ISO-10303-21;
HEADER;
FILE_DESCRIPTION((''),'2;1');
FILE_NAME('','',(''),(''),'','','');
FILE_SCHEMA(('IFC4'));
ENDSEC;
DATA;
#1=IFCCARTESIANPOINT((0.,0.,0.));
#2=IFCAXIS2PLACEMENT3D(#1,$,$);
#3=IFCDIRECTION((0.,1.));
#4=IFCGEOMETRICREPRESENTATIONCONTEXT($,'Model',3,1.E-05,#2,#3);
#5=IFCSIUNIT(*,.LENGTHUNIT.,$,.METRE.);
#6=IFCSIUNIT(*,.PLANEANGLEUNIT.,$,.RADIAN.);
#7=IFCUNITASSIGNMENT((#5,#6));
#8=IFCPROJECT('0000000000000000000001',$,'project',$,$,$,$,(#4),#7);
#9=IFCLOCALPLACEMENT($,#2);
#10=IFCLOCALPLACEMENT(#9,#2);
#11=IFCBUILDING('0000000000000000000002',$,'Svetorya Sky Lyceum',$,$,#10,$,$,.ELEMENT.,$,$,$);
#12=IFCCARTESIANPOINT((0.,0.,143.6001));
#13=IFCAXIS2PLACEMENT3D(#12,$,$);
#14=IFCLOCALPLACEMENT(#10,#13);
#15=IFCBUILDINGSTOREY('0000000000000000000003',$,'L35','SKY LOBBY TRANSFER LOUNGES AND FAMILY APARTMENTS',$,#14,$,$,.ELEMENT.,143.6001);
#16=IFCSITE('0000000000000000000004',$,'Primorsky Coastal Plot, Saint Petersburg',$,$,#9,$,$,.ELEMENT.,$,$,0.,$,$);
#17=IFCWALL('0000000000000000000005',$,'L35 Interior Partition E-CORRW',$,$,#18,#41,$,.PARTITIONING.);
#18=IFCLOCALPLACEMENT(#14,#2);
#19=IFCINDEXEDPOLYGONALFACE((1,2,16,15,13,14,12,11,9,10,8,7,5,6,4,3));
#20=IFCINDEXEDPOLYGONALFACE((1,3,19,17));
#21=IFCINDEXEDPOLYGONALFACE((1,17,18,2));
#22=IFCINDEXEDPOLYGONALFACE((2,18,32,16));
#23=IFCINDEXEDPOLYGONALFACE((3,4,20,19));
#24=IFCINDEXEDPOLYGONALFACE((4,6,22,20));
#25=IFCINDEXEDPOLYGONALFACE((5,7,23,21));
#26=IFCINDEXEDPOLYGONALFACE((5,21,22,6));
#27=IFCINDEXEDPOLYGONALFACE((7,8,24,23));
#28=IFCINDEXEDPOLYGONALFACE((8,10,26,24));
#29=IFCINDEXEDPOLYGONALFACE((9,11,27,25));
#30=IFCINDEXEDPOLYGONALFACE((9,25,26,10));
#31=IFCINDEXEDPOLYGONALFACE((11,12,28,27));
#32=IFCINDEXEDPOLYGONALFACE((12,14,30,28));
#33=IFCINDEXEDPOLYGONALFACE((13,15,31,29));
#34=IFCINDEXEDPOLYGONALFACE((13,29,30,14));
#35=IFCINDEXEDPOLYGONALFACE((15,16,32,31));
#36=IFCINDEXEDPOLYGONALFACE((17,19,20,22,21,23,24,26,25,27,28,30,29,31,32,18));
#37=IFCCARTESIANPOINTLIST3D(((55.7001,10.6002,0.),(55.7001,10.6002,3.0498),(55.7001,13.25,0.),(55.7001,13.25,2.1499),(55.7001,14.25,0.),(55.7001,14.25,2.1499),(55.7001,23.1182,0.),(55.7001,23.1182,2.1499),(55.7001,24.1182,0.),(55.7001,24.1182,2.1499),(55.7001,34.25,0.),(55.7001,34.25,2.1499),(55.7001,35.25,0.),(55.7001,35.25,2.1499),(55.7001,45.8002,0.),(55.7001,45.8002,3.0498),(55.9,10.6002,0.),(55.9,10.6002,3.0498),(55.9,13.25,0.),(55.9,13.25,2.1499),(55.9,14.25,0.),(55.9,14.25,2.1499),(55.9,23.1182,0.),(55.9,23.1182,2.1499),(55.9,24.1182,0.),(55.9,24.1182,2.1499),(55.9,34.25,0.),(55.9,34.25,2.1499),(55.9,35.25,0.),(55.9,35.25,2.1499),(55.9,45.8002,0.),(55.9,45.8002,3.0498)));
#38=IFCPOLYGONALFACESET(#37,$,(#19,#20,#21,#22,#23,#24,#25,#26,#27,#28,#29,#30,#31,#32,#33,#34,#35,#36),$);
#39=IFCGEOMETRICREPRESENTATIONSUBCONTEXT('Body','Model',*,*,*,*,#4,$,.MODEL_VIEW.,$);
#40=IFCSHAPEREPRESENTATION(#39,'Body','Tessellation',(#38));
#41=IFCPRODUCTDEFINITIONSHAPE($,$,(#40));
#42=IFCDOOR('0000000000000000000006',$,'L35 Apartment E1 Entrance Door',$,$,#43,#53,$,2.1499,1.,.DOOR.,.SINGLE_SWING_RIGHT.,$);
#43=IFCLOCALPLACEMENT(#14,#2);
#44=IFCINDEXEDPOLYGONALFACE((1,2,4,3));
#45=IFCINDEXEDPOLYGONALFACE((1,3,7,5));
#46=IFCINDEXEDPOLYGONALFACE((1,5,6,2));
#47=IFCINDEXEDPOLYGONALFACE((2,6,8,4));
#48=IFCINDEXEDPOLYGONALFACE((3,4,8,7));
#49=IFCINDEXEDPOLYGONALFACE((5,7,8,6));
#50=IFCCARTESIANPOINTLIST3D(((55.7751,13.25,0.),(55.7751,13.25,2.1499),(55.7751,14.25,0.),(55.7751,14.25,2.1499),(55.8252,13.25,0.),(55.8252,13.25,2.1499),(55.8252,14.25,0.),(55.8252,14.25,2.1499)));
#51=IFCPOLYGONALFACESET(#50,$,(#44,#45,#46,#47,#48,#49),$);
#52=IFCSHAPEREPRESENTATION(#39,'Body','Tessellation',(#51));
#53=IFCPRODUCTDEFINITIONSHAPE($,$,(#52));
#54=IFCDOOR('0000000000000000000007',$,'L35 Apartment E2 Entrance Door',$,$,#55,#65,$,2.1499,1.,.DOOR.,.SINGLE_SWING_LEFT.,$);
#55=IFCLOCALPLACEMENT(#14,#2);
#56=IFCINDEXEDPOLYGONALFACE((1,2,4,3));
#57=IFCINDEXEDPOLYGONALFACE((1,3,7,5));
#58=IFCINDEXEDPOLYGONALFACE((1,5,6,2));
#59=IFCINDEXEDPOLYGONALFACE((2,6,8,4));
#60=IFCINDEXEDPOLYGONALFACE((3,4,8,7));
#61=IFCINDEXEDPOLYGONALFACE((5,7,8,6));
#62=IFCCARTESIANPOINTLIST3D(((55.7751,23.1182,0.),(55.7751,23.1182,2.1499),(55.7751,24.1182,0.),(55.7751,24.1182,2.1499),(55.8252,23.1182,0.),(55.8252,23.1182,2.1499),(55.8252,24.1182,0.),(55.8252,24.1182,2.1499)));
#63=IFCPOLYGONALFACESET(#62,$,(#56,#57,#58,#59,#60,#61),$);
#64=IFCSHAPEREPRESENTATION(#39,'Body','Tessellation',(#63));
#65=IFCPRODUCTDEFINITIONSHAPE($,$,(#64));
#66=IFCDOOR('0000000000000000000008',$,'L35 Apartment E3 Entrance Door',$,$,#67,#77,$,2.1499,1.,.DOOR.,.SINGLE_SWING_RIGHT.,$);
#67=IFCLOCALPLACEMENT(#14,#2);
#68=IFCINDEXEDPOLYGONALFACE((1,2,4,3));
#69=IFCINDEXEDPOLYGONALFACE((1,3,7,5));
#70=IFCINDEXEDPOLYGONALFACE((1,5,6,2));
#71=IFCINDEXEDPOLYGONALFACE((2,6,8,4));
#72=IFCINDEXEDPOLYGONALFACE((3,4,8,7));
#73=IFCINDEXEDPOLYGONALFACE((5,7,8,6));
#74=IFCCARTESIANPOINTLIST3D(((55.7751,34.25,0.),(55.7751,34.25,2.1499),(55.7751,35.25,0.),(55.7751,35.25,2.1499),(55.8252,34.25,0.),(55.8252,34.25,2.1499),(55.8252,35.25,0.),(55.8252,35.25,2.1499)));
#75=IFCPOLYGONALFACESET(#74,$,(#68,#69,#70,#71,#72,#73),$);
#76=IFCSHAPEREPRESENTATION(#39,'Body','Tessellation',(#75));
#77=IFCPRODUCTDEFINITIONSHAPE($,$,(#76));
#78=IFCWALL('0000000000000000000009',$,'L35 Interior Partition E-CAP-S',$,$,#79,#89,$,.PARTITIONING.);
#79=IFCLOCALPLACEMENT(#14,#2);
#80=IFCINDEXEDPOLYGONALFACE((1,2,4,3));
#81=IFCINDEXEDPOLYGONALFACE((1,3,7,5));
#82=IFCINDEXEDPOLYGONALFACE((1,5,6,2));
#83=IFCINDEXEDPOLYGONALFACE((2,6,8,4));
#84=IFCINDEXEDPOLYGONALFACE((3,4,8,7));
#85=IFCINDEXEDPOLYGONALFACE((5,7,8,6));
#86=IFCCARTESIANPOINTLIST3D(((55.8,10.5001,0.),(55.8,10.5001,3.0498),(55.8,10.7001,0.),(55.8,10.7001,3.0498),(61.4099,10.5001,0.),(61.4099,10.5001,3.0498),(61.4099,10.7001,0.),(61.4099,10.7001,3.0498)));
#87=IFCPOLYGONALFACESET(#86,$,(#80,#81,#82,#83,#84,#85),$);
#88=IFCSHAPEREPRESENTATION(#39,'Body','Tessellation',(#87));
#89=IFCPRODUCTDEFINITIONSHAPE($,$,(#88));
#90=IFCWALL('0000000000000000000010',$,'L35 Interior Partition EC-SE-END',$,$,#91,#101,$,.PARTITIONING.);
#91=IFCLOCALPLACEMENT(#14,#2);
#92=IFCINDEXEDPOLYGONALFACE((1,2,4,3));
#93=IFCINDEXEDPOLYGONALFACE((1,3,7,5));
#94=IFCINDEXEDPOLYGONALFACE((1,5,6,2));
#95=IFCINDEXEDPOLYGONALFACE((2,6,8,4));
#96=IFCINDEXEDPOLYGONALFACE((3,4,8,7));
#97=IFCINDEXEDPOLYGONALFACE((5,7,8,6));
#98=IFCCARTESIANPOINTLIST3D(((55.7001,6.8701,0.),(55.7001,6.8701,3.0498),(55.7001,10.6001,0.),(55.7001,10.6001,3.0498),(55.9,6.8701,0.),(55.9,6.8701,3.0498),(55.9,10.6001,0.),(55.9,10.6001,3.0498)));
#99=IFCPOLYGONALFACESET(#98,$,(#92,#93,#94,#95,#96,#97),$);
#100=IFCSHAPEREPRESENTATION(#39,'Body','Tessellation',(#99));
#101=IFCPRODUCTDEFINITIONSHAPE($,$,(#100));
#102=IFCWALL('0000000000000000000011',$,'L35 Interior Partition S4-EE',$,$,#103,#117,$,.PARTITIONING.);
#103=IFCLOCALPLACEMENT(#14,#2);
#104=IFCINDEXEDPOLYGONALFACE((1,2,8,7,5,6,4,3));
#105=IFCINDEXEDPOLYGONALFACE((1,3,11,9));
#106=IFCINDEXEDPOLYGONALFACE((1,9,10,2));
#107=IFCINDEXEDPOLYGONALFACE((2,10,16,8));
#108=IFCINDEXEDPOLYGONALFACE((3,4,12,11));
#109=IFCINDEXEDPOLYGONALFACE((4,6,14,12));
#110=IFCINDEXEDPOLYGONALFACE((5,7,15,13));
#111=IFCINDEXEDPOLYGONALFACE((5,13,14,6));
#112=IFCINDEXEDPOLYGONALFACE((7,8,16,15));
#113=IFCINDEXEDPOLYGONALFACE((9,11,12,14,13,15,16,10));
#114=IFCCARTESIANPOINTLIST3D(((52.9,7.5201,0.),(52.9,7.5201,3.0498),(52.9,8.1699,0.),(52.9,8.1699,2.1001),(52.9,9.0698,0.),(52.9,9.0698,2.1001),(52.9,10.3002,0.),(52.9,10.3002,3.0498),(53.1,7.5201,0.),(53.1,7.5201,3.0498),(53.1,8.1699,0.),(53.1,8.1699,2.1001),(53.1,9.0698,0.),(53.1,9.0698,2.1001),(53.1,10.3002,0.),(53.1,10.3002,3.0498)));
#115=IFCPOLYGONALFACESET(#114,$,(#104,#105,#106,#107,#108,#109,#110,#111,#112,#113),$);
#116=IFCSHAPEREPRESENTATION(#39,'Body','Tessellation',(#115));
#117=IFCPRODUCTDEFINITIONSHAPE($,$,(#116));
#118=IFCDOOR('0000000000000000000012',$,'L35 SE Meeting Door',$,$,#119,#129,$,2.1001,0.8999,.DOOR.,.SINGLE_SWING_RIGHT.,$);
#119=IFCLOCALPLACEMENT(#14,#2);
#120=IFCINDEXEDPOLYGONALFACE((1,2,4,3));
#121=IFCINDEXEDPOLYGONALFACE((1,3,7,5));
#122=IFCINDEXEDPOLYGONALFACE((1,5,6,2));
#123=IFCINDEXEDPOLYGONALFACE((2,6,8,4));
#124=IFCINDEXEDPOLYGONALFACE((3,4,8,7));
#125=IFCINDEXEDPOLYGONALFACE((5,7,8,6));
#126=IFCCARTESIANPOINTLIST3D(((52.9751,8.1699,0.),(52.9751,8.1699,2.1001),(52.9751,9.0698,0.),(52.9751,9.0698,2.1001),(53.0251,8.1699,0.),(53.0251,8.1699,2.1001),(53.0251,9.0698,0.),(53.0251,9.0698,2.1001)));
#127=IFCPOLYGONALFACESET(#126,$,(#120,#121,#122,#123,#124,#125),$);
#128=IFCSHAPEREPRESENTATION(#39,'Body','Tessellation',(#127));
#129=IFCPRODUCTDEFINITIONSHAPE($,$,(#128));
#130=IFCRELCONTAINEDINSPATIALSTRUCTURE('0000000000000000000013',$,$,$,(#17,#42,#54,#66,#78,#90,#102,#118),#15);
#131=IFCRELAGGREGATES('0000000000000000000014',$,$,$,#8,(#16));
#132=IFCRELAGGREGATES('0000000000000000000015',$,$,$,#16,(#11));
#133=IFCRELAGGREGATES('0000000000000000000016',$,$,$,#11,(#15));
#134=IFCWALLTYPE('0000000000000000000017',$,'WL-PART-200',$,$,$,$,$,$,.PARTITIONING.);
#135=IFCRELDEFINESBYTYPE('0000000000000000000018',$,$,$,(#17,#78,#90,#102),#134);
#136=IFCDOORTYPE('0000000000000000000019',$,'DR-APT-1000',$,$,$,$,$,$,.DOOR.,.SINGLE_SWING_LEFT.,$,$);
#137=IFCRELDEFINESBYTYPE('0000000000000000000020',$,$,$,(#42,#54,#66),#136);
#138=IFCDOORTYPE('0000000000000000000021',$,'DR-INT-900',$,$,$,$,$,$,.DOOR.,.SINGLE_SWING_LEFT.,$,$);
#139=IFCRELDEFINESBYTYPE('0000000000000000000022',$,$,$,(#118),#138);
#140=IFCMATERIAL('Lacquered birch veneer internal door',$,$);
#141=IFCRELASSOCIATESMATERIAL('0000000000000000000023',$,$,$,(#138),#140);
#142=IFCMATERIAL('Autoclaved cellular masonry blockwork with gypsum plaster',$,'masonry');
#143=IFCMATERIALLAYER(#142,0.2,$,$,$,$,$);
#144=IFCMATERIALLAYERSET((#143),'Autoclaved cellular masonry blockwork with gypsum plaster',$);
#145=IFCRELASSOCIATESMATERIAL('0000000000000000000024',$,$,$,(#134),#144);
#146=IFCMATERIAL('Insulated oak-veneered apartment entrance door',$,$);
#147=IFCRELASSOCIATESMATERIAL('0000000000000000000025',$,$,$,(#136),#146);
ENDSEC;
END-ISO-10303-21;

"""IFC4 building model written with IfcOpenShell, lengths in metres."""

from ifc_helpers import new_model, si_unit, direction, frame, frame_2d, origin, place, context, subcontext, project, spatial, rectangle, extrude, material, layer, layer_set, type_object, element, fill, save


model = new_model("IFC4")

# Units and contexts
model_context = context("Model", 3, precision=1e-05, world=origin(), true_north=direction((0.0, 1.0)))
body_context = subcontext(model_context, "Body", "Model", "MODEL_VIEW")
ifc_project = project(units=[si_unit("LENGTHUNIT", "METRE"), si_unit("PLANEANGLEUNIT", "RADIAN")], contexts=[model_context])

# Site, building, storey
site_placement = place(None, origin())
site = spatial("IfcSite", under=ifc_project, at=site_placement, Name="Primorsky Coastal Plot, Saint Petersburg", CompositionType="ELEMENT", RefElevation=0.0)
building_placement = place(site_placement, origin())
building = spatial("IfcBuilding", under=site, at=building_placement, Name="Svetorya Sky Lyceum", CompositionType="ELEMENT")
storey_placement = place(building_placement, frame((0.0, 0.0, 143.6001)))
storey = spatial("IfcBuildingStorey", under=building, at=storey_placement, Name="L35", Description="SKY LOBBY TRANSFER LOUNGES AND FAMILY APARTMENTS", CompositionType="ELEMENT", Elevation=143.6001)

# Shared definitions
ifc_material_1 = material(Name="Lacquered birch veneer internal door")
door_type_1 = type_object("IfcDoorType", Name="DR-INT-900", OperationType="SINGLE_SWING_LEFT", PredefinedType="DOOR", material=ifc_material_1)

# Wall, openings, doors
ifc_material_2 = material(Name="Autoclaved cellular masonry blockwork with gypsum plaster", Category="masonry")
ifc_layer_1 = layer(ifc_material_2, 0.2)
ifc_layer_set_1 = layer_set([ifc_layer_1], Name="Autoclaved cellular masonry blockwork with gypsum plaster")
wall_type_1 = type_object("IfcWallType", Name="WL-PART-200", PredefinedType="PARTITIONING", material=ifc_layer_set_1)
wall_1_placement = place(storey_placement, frame((55.8, 10.6001, 0.0), z_axis=(0.0, 0.0, 1.0), x_axis=(0.0, 1.0, 0.0)))
wall_1 = element("IfcWall", 1, at=wall_1_placement, inside=storey, type_object=wall_type_1, Name="L35 Interior Partition E-CORRW", PredefinedType="PARTITIONING", context=body_context, shape_type="SweptSolid", body=[
    extrude(rectangle(XDim=35.2, YDim=0.2, at=frame_2d((17.6001, 0.0))), origin(), (0.0, 0.0, 1.0), 3.0498),
])
opening_1_placement = place(wall_1_placement, frame((2.6499, 0.0, 0.0)))
opening_1 = element("IfcOpeningElement", 2, at=opening_1_placement, cuts=wall_1, PredefinedType="OPENING", context=body_context, shape_type="SweptSolid", body=[
    extrude(rectangle(XDim=1.0, YDim=2.1499, at=frame_2d((0.5, 1.075))), frame((0.0, 0.1099, 0.0), z_axis=(0.0, -1.0, 0.0), x_axis=(1.0, 0.0, 0.0)), (0.0, 0.0, 1.0), 0.22),
])
opening_2_placement = place(wall_1_placement, frame((12.5181, 0.0, 0.0)))
opening_2 = element("IfcOpeningElement", 3, at=opening_2_placement, cuts=wall_1, PredefinedType="OPENING", context=body_context, shape_type="SweptSolid", body=[
    extrude(rectangle(XDim=1.0, YDim=2.1499, at=frame_2d((0.5, 1.075))), frame((0.0, 0.1099, 0.0), z_axis=(0.0, -1.0, 0.0), x_axis=(1.0, 0.0, 0.0)), (0.0, 0.0, 1.0), 0.22),
])
opening_3_placement = place(wall_1_placement, frame((23.6499, 0.0, 0.0)))
opening_3 = element("IfcOpeningElement", 4, at=opening_3_placement, cuts=wall_1, PredefinedType="OPENING", context=body_context, shape_type="SweptSolid", body=[
    extrude(rectangle(XDim=1.0, YDim=2.1499, at=frame_2d((0.5, 1.075))), frame((0.0, 0.1099, 0.0), z_axis=(0.0, -1.0, 0.0), x_axis=(1.0, 0.0, 0.0)), (0.0, 0.0, 1.0), 0.22),
])
ifc_material_3 = material(Name="Insulated oak-veneered apartment entrance door")
door_type_2 = type_object("IfcDoorType", Name="DR-APT-1000", OperationType="SINGLE_SWING_LEFT", PredefinedType="DOOR", material=ifc_material_3)
door_1_placement = place(opening_1_placement, origin())
door_1 = element("IfcDoor", 5, at=door_1_placement, inside=storey, type_object=door_type_2, Name="L35 Apartment E1 Entrance Door", OperationType="SINGLE_SWING_RIGHT", OverallHeight=2.1499, OverallWidth=1.0, PredefinedType="DOOR", context=body_context, shape_type="SweptSolid", body=[
    extrude(rectangle(XDim=1.0, YDim=2.1499, at=frame_2d((0.5, 1.075))), frame((0.0, 0.0249, 0.0), z_axis=(0.0, -1.0, 0.0), x_axis=(1.0, 0.0, 0.0)), (0.0, 0.0, 1.0), 0.05),
])
fill(opening_1, door_1)
door_2_placement = place(opening_2_placement, origin())
door_2 = element("IfcDoor", 6, at=door_2_placement, inside=storey, type_object=door_type_2, Name="L35 Apartment E2 Entrance Door", OperationType="SINGLE_SWING_LEFT", OverallHeight=2.1499, OverallWidth=1.0, PredefinedType="DOOR", context=body_context, shape_type="SweptSolid", body=[
    extrude(rectangle(XDim=1.0, YDim=2.1499, at=frame_2d((0.5, 1.075))), frame((0.0, 0.0249, 0.0), z_axis=(0.0, -1.0, 0.0), x_axis=(1.0, 0.0, 0.0)), (0.0, 0.0, 1.0), 0.05),
])
fill(opening_2, door_2)
door_3_placement = place(opening_3_placement, origin())
door_3 = element("IfcDoor", 7, at=door_3_placement, inside=storey, type_object=door_type_2, Name="L35 Apartment E3 Entrance Door", OperationType="SINGLE_SWING_RIGHT", OverallHeight=2.1499, OverallWidth=1.0, PredefinedType="DOOR", context=body_context, shape_type="SweptSolid", body=[
    extrude(rectangle(XDim=1.0, YDim=2.1499, at=frame_2d((0.5, 1.075))), frame((0.0, 0.0249, 0.0), z_axis=(0.0, -1.0, 0.0), x_axis=(1.0, 0.0, 0.0)), (0.0, 0.0, 1.0), 0.05),
])
fill(opening_3, door_3)

# Walls
wall_2_placement = place(storey_placement, frame((55.8, 10.6001, 0.0), z_axis=(0.0, 0.0, 1.0), x_axis=(1.0, 0.0, 0.0)))
element("IfcWall", 8, at=wall_2_placement, inside=storey, type_object=wall_type_1, Name="L35 Interior Partition E-CAP-S", PredefinedType="PARTITIONING", context=body_context, shape_type="SweptSolid", body=[
    extrude(rectangle(XDim=5.6099, YDim=0.2, at=frame_2d((2.8049, 0.0))), origin(), (0.0, 0.0, 1.0), 3.0498),
])
wall_3_placement = place(storey_placement, frame((55.8, 6.8701, 0.0), z_axis=(0.0, 0.0, 1.0), x_axis=(0.0, 1.0, 0.0)))
element("IfcWall", 9, at=wall_3_placement, inside=storey, type_object=wall_type_1, Name="L35 Interior Partition EC-SE-END", PredefinedType="PARTITIONING", context=body_context, shape_type="SweptSolid", body=[
    extrude(rectangle(XDim=3.73, YDim=0.2, at=frame_2d((1.865, 0.0))), origin(), (0.0, 0.0, 1.0), 3.0498),
])

# Wall, opening, door
wall_4_placement = place(storey_placement, frame((53.0, 7.52, 0.0), z_axis=(0.0, 0.0, 1.0), x_axis=(0.0, 1.0, 0.0)))
wall_4 = element("IfcWall", 10, at=wall_4_placement, inside=storey, type_object=wall_type_1, Name="L35 Interior Partition S4-EE", PredefinedType="PARTITIONING", context=body_context, shape_type="SweptSolid", body=[
    extrude(rectangle(XDim=2.78, YDim=0.2, at=frame_2d((1.3901, 0.0))), origin(), (0.0, 0.0, 1.0), 3.0498),
])
opening_4_placement = place(wall_4_placement, frame((0.6499, 0.0, 0.0)))
opening_4 = element("IfcOpeningElement", 11, at=opening_4_placement, cuts=wall_4, PredefinedType="OPENING", context=body_context, shape_type="SweptSolid", body=[
    extrude(rectangle(XDim=0.8999, YDim=2.1001, at=frame_2d((0.45, 1.05))), frame((0.0, 0.1099, 0.0), z_axis=(0.0, -1.0, 0.0), x_axis=(1.0, 0.0, 0.0)), (0.0, 0.0, 1.0), 0.22),
])
door_4_placement = place(opening_4_placement, origin())
door_4 = element("IfcDoor", 12, at=door_4_placement, inside=storey, type_object=door_type_1, Name="L35 SE Meeting Door", OperationType="SINGLE_SWING_RIGHT", OverallHeight=2.1001, OverallWidth=0.8999, PredefinedType="DOOR", context=body_context, shape_type="SweptSolid", body=[
    extrude(rectangle(XDim=0.8999, YDim=2.1001, at=frame_2d((0.45, 1.05))), frame((0.0, 0.0249, 0.0), z_axis=(0.0, -1.0, 0.0), x_axis=(1.0, 0.0, 0.0)), (0.0, 0.0, 1.0), 0.05),
])
fill(opening_4, door_4)

save(model, "model.ifc")
